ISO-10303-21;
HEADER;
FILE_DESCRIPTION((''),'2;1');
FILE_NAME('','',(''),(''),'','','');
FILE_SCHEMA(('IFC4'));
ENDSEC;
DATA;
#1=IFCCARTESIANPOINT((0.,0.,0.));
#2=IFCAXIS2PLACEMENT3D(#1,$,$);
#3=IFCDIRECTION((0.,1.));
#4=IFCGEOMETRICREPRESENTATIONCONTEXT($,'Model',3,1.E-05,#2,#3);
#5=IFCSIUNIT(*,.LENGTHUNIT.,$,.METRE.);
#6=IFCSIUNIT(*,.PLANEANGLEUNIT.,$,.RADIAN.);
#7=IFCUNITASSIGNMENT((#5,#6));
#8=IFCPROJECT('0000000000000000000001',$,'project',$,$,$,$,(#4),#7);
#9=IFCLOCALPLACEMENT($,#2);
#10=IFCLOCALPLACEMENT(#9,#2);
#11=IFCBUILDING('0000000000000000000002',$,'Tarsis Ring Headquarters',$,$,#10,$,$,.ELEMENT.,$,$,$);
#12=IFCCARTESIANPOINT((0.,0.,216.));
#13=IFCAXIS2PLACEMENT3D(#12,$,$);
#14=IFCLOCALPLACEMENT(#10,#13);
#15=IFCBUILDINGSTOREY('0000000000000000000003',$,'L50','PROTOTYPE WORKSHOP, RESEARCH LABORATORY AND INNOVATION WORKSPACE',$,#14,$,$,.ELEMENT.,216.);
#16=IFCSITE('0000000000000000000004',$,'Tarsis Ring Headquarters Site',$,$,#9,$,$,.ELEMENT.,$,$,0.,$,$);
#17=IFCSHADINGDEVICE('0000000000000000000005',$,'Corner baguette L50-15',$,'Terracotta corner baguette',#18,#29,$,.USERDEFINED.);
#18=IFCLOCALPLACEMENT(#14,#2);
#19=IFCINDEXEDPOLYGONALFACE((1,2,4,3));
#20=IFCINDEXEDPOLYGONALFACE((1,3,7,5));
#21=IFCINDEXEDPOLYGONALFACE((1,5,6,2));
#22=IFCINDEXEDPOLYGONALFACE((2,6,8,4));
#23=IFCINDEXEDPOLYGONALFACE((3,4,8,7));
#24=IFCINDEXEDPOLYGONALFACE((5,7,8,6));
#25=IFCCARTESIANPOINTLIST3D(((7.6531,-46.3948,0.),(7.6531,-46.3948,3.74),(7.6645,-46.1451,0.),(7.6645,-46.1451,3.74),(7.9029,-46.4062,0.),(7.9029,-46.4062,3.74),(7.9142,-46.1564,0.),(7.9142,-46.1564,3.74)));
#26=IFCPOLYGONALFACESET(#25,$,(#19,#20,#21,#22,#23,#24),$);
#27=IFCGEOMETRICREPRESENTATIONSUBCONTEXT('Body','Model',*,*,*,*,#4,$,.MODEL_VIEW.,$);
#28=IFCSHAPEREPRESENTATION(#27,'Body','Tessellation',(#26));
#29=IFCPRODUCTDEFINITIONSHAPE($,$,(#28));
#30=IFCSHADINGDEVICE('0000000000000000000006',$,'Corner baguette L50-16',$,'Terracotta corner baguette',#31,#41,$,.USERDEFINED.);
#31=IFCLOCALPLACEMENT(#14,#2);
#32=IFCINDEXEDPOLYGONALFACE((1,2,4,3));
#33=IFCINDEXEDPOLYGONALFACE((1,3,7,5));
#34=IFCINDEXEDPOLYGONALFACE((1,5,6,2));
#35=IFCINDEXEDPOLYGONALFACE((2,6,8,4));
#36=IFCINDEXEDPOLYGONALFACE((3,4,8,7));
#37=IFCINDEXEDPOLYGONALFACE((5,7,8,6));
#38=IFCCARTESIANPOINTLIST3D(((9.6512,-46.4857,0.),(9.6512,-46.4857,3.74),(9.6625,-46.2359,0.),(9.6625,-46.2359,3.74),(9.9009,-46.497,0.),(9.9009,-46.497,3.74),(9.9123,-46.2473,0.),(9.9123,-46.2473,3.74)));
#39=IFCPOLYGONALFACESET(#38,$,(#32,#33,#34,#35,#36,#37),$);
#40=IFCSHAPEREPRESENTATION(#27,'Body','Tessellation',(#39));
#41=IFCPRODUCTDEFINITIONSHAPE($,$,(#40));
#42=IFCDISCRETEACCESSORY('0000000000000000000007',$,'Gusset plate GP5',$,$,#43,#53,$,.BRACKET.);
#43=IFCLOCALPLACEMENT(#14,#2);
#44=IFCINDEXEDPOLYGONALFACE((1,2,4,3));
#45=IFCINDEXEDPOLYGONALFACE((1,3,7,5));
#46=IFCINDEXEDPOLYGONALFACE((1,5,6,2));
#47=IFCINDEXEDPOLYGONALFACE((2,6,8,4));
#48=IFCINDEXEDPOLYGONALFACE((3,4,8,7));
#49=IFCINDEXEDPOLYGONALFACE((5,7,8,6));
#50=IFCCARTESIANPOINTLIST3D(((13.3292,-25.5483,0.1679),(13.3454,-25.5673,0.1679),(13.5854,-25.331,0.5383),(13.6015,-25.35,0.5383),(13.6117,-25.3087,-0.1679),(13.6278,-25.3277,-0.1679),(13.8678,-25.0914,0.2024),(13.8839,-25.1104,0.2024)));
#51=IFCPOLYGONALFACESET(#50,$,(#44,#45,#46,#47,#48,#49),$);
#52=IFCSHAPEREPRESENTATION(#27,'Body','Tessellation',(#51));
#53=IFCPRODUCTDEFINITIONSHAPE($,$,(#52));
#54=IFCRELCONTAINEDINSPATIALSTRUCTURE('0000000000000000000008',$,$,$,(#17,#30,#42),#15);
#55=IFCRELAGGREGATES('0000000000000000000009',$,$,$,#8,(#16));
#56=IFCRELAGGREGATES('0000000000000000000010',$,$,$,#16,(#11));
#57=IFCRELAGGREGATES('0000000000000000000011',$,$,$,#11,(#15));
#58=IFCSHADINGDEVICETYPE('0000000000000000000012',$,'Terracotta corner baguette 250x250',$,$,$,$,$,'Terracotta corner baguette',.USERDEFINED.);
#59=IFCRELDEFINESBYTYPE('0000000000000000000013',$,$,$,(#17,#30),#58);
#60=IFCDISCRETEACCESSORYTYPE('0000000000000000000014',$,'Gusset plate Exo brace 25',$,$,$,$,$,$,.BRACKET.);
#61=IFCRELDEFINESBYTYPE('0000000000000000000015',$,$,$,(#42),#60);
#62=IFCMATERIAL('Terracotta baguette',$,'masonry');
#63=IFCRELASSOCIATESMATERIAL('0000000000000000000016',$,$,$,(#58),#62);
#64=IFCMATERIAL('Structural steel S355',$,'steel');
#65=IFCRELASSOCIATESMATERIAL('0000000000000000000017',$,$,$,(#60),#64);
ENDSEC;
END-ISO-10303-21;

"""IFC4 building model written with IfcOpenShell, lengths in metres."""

from ifc_helpers import new_model, si_unit, direction, frame, origin, origin_2d, place, context, subcontext, project, spatial, rectangle, extrude, material, material_profile, profile_set, type_object, element, save


model = new_model("IFC4")

# Units and contexts
model_context = context("Model", 3, precision=1e-05, world=origin(), true_north=direction((0.0, 1.0)))
body_context = subcontext(model_context, "Body", "Model", "MODEL_VIEW")
ifc_project = project(units=[si_unit("LENGTHUNIT", "METRE"), si_unit("PLANEANGLEUNIT", "RADIAN")], contexts=[model_context])

# Site, building, storey
site_placement = place(None, origin())
site = spatial("IfcSite", under=ifc_project, at=site_placement, Name="Tarsis Ring Headquarters Site", CompositionType="ELEMENT", RefElevation=0.0)
building_placement = place(site_placement, origin())
building = spatial("IfcBuilding", under=site, at=building_placement, Name="Tarsis Ring Headquarters", CompositionType="ELEMENT")
storey_placement = place(building_placement, frame((0.0, 0.0, 216.0)))
storey = spatial("IfcBuildingStorey", under=building, at=storey_placement, Name="L50", Description="PROTOTYPE WORKSHOP, RESEARCH LABORATORY AND INNOVATION WORKSPACE", CompositionType="ELEMENT", Elevation=216.0)

# Shared definitions
ifc_material_1 = material(Name="Structural steel S355", Category="steel")

# Shading devices
ifc_material_2 = material(Name="Terracotta baguette", Category="masonry")
shading_device_type_1 = type_object("IfcShadingDeviceType", Name="Terracotta corner baguette 250x250", ElementType="Terracotta corner baguette", PredefinedType="USERDEFINED", material=ifc_material_2)
for number, where, z_axis, x_axis, name in (
    (1, (7.7837, -46.2756, 0.0), (0.0, 0.0, 1.0), (0.045362, 0.998971, 0.0), "Corner baguette L50-15"),
    (2, (9.7817, -46.3665, 0.0), (0.0, 0.0, 1.0), (0.998971, -0.045363, 0.0), "Corner baguette L50-16"),
):
    element("IfcShadingDevice", number, at=place(storey_placement, frame(where, z_axis=z_axis, x_axis=x_axis)), inside=storey, type_object=shading_device_type_1, Name=name, ObjectType="Terracotta corner baguette", PredefinedType="USERDEFINED", context=body_context, shape_type="SweptSolid", body=[
        extrude(rectangle(XDim=0.25, YDim=0.25, at=origin_2d()), origin(), (0.0, 0.0, 1.0), 3.74),
    ])

# Discrete accessory
ifc_material_profile_1 = material_profile(ifc_material_1, rectangle(XDim=0.0249, YDim=0.5, at=origin_2d()), Name="PL 25x500")
ifc_profile_set_1 = profile_set([ifc_material_profile_1], Name="Structural steel S355")
discrete_accessory_type = type_object("IfcDiscreteAccessoryType", Name="Gusset plate Exo brace 25", PredefinedType="BRACKET", material=ifc_profile_set_1)
discrete_accessory_placement = place(storey_placement, frame((13.4785, -25.438, 0.0), z_axis=(0.512238, 0.434597, 0.740768), x_axis=(-0.646952, 0.762531, 0.0)))
element("IfcDiscreteAccessory", 3, at=discrete_accessory_placement, inside=storey, type_object=discrete_accessory_type, Name="Gusset plate GP5", PredefinedType="BRACKET", context=body_context, shape_type="SweptSolid", body=[
    extrude(rectangle(XDim=0.0249, YDim=0.5, at=origin_2d()), origin(), (0.0, 0.0, 1.0), 0.5),
])

save(model, "model.ifc")
